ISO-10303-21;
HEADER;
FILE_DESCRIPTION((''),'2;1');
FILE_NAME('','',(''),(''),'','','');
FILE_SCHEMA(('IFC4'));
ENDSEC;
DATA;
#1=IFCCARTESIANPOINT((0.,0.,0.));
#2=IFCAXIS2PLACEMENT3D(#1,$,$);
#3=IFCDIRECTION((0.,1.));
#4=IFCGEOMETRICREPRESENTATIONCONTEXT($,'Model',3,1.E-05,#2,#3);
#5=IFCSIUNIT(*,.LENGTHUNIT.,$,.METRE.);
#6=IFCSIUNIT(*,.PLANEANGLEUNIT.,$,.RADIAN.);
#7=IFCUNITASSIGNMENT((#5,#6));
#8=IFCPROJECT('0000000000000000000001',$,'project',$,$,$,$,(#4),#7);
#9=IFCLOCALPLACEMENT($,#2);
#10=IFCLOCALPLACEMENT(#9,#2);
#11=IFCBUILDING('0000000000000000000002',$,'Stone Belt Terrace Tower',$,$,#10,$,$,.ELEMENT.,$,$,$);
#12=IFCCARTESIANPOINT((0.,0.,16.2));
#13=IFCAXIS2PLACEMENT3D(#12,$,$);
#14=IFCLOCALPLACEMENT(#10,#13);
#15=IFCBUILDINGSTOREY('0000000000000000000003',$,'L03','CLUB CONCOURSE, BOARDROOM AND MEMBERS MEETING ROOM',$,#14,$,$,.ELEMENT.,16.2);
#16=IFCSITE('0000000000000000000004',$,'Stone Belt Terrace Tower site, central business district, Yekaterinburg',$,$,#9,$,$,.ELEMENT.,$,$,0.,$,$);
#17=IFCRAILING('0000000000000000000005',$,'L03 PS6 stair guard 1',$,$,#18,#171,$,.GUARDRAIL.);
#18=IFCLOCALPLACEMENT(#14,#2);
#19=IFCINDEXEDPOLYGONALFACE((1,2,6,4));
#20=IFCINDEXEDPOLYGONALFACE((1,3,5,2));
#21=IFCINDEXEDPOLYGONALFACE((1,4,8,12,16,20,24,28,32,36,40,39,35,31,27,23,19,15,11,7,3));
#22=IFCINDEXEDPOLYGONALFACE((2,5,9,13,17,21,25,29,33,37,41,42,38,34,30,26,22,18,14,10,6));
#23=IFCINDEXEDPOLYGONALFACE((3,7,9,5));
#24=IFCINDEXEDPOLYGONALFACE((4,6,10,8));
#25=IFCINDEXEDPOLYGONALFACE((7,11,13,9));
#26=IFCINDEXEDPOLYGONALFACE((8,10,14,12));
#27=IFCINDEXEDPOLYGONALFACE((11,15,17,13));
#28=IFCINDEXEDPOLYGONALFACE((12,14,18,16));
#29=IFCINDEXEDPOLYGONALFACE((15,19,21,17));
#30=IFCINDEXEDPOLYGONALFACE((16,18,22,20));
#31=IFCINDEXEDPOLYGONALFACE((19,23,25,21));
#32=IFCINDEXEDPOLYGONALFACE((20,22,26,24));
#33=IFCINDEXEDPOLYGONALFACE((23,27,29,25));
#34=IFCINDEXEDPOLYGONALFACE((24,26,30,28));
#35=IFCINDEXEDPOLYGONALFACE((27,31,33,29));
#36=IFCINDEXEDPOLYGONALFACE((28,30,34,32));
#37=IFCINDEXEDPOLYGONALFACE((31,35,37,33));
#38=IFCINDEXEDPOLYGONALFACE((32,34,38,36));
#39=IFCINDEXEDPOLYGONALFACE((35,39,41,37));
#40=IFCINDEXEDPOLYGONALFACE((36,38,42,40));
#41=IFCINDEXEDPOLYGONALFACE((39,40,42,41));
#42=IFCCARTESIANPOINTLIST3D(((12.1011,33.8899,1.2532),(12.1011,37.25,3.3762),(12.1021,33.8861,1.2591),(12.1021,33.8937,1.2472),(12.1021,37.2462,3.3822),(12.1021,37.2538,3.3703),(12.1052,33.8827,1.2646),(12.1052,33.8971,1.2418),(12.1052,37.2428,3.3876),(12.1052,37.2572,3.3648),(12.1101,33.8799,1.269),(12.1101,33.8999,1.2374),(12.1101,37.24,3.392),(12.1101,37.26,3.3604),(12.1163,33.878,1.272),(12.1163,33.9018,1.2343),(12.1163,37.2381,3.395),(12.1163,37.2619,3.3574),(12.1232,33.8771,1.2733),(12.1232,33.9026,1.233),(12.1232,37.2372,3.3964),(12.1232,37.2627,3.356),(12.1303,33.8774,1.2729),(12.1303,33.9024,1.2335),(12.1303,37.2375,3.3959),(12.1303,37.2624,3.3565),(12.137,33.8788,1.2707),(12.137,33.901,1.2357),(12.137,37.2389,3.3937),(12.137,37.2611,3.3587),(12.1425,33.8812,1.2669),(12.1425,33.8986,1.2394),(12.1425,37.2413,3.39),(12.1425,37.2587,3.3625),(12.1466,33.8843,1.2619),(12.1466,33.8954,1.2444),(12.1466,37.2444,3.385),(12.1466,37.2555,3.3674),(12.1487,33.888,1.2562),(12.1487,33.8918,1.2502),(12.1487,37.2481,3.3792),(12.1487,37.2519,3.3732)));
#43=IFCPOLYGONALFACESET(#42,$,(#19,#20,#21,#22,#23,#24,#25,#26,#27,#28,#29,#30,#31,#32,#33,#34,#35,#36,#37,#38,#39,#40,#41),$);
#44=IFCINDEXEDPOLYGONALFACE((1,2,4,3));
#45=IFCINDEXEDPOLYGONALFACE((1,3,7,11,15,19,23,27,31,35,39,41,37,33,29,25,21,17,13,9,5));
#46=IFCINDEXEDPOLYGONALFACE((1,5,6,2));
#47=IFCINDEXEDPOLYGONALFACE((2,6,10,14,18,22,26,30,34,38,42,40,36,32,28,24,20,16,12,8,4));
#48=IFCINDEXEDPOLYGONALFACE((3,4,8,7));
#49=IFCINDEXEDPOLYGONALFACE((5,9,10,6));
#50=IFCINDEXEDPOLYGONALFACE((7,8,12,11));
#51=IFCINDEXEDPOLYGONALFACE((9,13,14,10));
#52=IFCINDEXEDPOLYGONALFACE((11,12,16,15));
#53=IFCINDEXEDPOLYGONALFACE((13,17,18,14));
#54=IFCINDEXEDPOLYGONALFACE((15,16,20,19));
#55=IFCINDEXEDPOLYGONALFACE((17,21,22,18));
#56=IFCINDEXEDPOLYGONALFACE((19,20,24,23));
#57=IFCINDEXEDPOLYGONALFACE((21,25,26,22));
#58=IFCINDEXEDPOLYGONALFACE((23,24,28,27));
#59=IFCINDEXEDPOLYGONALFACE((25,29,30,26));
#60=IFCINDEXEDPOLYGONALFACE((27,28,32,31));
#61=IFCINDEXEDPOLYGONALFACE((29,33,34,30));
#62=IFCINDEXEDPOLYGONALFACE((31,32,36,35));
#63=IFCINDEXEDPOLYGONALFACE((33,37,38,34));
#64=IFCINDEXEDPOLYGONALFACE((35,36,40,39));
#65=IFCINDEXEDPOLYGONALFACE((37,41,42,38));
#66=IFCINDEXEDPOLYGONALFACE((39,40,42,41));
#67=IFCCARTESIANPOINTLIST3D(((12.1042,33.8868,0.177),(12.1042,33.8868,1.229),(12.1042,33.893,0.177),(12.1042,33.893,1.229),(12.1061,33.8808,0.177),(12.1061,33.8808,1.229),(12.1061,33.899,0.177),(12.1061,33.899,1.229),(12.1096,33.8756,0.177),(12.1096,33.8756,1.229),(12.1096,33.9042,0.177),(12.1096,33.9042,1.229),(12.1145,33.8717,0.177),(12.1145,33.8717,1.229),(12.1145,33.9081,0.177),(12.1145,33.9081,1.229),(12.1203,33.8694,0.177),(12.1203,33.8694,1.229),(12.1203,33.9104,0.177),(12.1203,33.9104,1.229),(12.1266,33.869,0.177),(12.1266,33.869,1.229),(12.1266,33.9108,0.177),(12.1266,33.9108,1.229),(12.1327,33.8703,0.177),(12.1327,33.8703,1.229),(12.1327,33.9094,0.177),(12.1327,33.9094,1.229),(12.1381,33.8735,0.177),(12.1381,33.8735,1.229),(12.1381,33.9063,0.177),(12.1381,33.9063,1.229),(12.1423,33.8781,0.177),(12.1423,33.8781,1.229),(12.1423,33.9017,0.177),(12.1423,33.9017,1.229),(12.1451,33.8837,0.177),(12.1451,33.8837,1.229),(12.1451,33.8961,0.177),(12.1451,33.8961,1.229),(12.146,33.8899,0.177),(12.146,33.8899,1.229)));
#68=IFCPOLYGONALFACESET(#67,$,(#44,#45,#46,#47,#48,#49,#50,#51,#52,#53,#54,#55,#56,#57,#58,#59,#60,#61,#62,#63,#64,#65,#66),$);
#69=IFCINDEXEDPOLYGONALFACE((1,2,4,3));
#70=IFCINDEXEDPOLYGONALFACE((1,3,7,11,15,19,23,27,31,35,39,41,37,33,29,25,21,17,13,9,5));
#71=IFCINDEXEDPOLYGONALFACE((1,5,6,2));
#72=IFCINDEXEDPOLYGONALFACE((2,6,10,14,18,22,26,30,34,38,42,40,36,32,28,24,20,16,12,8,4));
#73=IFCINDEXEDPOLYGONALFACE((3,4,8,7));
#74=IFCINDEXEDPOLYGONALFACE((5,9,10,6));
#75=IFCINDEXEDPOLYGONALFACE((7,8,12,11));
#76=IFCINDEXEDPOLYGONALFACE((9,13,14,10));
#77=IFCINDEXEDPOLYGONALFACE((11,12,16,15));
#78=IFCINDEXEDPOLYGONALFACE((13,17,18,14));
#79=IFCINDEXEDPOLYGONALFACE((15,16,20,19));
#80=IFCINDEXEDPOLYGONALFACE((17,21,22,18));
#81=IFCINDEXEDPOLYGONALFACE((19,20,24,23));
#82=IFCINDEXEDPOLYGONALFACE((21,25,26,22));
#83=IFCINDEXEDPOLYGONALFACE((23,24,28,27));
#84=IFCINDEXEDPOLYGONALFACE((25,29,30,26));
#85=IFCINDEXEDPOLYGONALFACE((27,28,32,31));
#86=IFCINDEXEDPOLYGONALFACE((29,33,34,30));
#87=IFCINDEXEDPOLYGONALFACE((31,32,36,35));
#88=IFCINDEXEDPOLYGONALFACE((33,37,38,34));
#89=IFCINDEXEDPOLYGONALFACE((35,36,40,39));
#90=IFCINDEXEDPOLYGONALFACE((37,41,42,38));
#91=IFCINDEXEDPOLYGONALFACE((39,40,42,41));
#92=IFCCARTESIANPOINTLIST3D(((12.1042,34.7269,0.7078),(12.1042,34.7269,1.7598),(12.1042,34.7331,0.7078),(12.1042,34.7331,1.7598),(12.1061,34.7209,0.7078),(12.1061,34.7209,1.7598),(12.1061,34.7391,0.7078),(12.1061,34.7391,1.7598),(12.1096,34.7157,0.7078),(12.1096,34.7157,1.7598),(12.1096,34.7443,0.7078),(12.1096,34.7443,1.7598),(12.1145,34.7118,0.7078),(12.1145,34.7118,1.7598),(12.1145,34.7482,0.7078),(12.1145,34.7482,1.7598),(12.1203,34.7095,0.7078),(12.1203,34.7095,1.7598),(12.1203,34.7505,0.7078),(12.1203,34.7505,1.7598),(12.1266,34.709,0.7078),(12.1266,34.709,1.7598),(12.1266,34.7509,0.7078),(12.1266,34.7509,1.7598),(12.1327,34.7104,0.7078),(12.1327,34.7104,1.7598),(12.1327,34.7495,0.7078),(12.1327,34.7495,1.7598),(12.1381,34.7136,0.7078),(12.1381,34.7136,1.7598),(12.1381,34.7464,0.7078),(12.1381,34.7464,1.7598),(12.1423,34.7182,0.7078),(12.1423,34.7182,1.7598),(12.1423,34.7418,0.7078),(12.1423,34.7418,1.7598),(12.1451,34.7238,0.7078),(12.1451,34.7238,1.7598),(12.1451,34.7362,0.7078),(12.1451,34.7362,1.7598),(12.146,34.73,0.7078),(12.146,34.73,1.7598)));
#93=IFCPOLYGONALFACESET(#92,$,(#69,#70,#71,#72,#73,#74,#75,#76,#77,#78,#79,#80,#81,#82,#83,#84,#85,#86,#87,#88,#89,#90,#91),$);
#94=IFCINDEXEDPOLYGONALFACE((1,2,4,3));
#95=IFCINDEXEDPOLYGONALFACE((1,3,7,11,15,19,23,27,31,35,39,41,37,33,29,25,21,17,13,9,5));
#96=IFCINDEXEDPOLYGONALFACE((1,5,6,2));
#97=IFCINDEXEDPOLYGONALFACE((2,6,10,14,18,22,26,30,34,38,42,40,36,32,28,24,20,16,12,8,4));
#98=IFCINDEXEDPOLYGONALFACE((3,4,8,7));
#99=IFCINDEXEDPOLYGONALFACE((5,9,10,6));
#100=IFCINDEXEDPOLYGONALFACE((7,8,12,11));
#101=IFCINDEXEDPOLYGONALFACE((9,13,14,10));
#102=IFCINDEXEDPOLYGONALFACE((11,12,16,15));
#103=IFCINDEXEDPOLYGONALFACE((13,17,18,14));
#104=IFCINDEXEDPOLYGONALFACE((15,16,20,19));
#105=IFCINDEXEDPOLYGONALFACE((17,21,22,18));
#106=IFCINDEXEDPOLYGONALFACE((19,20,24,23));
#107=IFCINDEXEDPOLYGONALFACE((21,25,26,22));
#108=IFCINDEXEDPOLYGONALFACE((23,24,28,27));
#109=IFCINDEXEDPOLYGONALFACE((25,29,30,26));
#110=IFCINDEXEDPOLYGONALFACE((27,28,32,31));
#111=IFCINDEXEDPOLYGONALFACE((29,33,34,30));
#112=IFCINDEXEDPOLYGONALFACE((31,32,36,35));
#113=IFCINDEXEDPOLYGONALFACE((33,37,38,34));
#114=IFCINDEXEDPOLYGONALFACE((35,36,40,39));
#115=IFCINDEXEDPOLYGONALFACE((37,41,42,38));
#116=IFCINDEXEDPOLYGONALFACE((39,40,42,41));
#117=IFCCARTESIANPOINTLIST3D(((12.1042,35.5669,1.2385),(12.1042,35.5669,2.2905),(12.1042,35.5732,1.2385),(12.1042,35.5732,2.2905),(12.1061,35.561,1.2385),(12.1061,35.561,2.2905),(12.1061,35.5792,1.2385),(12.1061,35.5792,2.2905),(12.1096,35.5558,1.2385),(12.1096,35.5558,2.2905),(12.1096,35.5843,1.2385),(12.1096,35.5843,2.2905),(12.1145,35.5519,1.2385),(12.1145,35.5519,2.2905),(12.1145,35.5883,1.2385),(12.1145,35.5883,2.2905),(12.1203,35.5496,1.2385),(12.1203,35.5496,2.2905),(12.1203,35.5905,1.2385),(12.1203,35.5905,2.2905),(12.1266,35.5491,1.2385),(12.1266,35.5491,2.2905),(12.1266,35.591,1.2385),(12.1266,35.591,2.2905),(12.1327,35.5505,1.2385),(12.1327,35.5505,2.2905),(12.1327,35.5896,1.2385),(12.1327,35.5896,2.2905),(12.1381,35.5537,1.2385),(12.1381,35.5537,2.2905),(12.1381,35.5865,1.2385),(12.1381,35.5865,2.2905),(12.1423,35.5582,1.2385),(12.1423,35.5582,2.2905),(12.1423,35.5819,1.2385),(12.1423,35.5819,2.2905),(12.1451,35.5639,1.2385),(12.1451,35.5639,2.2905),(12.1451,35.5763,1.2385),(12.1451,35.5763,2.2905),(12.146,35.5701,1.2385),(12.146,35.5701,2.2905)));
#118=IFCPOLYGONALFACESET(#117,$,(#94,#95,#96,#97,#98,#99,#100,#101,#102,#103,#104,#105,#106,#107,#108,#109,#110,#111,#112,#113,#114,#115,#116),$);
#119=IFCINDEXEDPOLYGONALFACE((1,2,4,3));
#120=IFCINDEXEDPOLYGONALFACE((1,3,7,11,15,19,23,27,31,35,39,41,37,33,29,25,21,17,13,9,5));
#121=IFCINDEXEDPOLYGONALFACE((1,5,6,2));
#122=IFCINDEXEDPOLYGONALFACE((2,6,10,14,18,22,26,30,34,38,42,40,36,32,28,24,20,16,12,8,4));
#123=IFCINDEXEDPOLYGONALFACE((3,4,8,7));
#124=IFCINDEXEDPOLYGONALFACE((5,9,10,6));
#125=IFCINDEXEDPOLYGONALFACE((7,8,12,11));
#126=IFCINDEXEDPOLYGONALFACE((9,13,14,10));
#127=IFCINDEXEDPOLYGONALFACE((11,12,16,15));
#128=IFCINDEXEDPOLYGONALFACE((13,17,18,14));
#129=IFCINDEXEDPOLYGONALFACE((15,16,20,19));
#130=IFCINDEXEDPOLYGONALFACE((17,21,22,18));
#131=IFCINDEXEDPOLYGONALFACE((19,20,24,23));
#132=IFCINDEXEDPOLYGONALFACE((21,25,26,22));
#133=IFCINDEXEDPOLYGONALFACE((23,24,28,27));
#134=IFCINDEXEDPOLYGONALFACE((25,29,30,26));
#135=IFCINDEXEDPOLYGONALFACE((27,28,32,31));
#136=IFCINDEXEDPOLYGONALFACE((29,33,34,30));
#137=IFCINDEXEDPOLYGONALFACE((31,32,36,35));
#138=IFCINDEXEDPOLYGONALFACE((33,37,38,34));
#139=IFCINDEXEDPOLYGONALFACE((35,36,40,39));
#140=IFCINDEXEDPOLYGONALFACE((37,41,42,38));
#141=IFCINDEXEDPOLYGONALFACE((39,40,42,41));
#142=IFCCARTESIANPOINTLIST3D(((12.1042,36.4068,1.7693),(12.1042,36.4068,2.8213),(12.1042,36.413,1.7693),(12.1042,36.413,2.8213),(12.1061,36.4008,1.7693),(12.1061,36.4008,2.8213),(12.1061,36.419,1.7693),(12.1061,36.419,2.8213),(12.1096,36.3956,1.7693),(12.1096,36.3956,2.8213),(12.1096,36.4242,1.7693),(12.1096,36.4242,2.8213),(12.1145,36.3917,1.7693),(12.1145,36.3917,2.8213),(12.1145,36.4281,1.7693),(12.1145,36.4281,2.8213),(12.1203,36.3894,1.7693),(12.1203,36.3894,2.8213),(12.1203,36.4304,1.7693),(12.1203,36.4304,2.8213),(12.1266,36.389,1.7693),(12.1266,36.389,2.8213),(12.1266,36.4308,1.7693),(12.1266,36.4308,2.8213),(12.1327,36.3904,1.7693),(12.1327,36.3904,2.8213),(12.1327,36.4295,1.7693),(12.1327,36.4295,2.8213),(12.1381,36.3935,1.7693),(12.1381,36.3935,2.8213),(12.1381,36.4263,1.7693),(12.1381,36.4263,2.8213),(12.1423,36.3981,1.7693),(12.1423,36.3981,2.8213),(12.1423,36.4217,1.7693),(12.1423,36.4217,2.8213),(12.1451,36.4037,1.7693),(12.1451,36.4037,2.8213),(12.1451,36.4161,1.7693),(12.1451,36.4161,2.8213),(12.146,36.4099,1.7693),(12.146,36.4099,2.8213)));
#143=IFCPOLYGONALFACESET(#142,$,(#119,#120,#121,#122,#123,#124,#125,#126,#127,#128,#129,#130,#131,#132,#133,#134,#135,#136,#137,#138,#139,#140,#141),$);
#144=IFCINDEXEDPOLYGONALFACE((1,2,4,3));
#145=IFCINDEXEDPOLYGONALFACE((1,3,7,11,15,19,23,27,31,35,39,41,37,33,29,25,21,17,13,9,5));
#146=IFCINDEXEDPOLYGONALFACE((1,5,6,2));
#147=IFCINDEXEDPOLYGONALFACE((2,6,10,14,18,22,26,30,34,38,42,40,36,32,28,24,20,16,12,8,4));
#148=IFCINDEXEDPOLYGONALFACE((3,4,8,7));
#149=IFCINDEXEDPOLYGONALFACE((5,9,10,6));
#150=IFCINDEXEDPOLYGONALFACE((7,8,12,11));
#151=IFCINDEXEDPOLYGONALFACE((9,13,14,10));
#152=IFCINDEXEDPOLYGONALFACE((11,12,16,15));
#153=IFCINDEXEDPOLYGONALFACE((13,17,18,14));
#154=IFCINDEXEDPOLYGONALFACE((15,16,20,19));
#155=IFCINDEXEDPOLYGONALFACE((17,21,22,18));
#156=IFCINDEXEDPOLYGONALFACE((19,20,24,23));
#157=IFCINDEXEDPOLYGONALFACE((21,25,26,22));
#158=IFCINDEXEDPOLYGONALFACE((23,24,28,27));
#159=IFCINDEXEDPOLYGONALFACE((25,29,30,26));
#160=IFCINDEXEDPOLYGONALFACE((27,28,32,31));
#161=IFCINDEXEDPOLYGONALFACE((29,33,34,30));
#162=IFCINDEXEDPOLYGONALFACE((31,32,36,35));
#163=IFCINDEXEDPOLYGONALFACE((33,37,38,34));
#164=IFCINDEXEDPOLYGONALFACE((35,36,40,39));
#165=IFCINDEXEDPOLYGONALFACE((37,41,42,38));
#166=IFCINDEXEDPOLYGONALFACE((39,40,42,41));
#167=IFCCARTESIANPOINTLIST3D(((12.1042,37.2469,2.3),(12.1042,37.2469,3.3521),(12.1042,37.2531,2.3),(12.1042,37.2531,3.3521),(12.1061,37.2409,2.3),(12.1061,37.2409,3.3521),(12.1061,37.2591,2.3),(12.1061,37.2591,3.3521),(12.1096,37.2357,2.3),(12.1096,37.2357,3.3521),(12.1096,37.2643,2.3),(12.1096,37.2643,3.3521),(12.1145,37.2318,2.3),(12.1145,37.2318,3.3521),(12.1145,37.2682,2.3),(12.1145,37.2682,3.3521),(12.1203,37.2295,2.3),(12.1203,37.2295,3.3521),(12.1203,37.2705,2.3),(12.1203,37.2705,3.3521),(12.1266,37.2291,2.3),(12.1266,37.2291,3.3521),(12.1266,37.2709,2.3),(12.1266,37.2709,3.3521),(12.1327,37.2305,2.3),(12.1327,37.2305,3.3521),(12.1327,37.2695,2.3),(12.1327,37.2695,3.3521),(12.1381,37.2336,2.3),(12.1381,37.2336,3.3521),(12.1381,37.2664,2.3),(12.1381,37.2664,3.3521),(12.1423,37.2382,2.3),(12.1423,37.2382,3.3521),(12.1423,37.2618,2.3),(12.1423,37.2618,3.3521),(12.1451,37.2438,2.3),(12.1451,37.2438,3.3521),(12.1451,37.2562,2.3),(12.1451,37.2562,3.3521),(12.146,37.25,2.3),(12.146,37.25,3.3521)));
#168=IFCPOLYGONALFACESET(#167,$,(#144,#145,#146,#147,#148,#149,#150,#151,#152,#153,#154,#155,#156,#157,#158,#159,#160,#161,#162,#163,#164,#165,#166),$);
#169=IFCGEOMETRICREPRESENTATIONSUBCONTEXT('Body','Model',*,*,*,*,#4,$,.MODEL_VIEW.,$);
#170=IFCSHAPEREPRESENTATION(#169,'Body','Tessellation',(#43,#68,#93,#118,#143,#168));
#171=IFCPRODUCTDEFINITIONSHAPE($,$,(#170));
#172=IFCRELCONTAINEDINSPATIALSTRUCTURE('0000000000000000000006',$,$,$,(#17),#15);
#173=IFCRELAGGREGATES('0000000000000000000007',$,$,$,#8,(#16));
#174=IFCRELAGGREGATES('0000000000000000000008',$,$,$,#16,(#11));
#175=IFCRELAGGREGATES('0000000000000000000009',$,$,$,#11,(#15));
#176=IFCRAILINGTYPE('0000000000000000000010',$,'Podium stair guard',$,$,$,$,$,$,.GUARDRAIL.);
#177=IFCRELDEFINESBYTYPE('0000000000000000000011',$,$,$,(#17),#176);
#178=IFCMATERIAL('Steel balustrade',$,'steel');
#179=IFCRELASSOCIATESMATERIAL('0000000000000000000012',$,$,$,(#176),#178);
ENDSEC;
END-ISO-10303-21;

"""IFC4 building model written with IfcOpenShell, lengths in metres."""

from ifc_helpers import new_model, si_unit, direction, frame, origin, origin_2d, place, context, subcontext, project, spatial, circle, extrude, material, type_object, element, save


model = new_model("IFC4")

# Units and contexts
model_context = context("Model", 3, precision=1e-05, world=origin(), true_north=direction((0.0, 1.0)))
body_context = subcontext(model_context, "Body", "Model", "MODEL_VIEW")
ifc_project = project(units=[si_unit("LENGTHUNIT", "METRE"), si_unit("PLANEANGLEUNIT", "RADIAN")], contexts=[model_context])

# Site, building, storey
site_placement = place(None, origin())
site = spatial("IfcSite", under=ifc_project, at=site_placement, Name="Stone Belt Terrace Tower site, central business district, Yekaterinburg", CompositionType="ELEMENT", RefElevation=0.0)
building_placement = place(site_placement, origin())
building = spatial("IfcBuilding", under=site, at=building_placement, Name="Stone Belt Terrace Tower", CompositionType="ELEMENT")
storey_placement = place(building_placement, frame((0.0, 0.0, 16.2)))
storey = spatial("IfcBuildingStorey", under=building, at=storey_placement, Name="L03", Description="CLUB CONCOURSE, BOARDROOM AND MEMBERS MEETING ROOM", CompositionType="ELEMENT", Elevation=16.2)

# Railing
ifc_material_1 = material(Name="Steel balustrade", Category="steel")
railing_type = type_object("IfcRailingType", Name="Podium stair guard", PredefinedType="GUARDRAIL", material=ifc_material_1)
railing_1_placement = place(storey_placement, frame((12.125, 33.8899, 0.177)))
element("IfcRailing", 1, at=railing_1_placement, inside=storey, type_object=railing_type, Name="L03 PS6 stair guard 1", PredefinedType="GUARDRAIL", context=body_context, shape_type="SweptSolid", body=[
    extrude(circle(Radius=0.0239, at=origin_2d()), frame((0.0, 0.0, 1.0762), z_axis=(0.0, 0.84539, 0.53415), x_axis=(-1.0, 0.0, 0.0)), (0.0, 0.0, 1.0), 3.9746),
    extrude(circle(Radius=0.021, at=origin_2d()), origin(), (0.0, 0.0, 1.0), 1.052),
    extrude(circle(Radius=0.021, at=origin_2d()), frame((0.0, 0.8401, 0.5308)), (0.0, 0.0, 1.0), 1.052),
    extrude(circle(Radius=0.021, at=origin_2d()), frame((0.0, 1.6802, 1.0615)), (0.0, 0.0, 1.0), 1.052),
    extrude(circle(Radius=0.021, at=origin_2d()), frame((0.0, 2.52, 1.5923)), (0.0, 0.0, 1.0), 1.052),
    extrude(circle(Radius=0.021, at=origin_2d()), frame((0.0, 3.3601, 2.123)), (0.0, 0.0, 1.0), 1.052),
])

save(model, "model.ifc")
